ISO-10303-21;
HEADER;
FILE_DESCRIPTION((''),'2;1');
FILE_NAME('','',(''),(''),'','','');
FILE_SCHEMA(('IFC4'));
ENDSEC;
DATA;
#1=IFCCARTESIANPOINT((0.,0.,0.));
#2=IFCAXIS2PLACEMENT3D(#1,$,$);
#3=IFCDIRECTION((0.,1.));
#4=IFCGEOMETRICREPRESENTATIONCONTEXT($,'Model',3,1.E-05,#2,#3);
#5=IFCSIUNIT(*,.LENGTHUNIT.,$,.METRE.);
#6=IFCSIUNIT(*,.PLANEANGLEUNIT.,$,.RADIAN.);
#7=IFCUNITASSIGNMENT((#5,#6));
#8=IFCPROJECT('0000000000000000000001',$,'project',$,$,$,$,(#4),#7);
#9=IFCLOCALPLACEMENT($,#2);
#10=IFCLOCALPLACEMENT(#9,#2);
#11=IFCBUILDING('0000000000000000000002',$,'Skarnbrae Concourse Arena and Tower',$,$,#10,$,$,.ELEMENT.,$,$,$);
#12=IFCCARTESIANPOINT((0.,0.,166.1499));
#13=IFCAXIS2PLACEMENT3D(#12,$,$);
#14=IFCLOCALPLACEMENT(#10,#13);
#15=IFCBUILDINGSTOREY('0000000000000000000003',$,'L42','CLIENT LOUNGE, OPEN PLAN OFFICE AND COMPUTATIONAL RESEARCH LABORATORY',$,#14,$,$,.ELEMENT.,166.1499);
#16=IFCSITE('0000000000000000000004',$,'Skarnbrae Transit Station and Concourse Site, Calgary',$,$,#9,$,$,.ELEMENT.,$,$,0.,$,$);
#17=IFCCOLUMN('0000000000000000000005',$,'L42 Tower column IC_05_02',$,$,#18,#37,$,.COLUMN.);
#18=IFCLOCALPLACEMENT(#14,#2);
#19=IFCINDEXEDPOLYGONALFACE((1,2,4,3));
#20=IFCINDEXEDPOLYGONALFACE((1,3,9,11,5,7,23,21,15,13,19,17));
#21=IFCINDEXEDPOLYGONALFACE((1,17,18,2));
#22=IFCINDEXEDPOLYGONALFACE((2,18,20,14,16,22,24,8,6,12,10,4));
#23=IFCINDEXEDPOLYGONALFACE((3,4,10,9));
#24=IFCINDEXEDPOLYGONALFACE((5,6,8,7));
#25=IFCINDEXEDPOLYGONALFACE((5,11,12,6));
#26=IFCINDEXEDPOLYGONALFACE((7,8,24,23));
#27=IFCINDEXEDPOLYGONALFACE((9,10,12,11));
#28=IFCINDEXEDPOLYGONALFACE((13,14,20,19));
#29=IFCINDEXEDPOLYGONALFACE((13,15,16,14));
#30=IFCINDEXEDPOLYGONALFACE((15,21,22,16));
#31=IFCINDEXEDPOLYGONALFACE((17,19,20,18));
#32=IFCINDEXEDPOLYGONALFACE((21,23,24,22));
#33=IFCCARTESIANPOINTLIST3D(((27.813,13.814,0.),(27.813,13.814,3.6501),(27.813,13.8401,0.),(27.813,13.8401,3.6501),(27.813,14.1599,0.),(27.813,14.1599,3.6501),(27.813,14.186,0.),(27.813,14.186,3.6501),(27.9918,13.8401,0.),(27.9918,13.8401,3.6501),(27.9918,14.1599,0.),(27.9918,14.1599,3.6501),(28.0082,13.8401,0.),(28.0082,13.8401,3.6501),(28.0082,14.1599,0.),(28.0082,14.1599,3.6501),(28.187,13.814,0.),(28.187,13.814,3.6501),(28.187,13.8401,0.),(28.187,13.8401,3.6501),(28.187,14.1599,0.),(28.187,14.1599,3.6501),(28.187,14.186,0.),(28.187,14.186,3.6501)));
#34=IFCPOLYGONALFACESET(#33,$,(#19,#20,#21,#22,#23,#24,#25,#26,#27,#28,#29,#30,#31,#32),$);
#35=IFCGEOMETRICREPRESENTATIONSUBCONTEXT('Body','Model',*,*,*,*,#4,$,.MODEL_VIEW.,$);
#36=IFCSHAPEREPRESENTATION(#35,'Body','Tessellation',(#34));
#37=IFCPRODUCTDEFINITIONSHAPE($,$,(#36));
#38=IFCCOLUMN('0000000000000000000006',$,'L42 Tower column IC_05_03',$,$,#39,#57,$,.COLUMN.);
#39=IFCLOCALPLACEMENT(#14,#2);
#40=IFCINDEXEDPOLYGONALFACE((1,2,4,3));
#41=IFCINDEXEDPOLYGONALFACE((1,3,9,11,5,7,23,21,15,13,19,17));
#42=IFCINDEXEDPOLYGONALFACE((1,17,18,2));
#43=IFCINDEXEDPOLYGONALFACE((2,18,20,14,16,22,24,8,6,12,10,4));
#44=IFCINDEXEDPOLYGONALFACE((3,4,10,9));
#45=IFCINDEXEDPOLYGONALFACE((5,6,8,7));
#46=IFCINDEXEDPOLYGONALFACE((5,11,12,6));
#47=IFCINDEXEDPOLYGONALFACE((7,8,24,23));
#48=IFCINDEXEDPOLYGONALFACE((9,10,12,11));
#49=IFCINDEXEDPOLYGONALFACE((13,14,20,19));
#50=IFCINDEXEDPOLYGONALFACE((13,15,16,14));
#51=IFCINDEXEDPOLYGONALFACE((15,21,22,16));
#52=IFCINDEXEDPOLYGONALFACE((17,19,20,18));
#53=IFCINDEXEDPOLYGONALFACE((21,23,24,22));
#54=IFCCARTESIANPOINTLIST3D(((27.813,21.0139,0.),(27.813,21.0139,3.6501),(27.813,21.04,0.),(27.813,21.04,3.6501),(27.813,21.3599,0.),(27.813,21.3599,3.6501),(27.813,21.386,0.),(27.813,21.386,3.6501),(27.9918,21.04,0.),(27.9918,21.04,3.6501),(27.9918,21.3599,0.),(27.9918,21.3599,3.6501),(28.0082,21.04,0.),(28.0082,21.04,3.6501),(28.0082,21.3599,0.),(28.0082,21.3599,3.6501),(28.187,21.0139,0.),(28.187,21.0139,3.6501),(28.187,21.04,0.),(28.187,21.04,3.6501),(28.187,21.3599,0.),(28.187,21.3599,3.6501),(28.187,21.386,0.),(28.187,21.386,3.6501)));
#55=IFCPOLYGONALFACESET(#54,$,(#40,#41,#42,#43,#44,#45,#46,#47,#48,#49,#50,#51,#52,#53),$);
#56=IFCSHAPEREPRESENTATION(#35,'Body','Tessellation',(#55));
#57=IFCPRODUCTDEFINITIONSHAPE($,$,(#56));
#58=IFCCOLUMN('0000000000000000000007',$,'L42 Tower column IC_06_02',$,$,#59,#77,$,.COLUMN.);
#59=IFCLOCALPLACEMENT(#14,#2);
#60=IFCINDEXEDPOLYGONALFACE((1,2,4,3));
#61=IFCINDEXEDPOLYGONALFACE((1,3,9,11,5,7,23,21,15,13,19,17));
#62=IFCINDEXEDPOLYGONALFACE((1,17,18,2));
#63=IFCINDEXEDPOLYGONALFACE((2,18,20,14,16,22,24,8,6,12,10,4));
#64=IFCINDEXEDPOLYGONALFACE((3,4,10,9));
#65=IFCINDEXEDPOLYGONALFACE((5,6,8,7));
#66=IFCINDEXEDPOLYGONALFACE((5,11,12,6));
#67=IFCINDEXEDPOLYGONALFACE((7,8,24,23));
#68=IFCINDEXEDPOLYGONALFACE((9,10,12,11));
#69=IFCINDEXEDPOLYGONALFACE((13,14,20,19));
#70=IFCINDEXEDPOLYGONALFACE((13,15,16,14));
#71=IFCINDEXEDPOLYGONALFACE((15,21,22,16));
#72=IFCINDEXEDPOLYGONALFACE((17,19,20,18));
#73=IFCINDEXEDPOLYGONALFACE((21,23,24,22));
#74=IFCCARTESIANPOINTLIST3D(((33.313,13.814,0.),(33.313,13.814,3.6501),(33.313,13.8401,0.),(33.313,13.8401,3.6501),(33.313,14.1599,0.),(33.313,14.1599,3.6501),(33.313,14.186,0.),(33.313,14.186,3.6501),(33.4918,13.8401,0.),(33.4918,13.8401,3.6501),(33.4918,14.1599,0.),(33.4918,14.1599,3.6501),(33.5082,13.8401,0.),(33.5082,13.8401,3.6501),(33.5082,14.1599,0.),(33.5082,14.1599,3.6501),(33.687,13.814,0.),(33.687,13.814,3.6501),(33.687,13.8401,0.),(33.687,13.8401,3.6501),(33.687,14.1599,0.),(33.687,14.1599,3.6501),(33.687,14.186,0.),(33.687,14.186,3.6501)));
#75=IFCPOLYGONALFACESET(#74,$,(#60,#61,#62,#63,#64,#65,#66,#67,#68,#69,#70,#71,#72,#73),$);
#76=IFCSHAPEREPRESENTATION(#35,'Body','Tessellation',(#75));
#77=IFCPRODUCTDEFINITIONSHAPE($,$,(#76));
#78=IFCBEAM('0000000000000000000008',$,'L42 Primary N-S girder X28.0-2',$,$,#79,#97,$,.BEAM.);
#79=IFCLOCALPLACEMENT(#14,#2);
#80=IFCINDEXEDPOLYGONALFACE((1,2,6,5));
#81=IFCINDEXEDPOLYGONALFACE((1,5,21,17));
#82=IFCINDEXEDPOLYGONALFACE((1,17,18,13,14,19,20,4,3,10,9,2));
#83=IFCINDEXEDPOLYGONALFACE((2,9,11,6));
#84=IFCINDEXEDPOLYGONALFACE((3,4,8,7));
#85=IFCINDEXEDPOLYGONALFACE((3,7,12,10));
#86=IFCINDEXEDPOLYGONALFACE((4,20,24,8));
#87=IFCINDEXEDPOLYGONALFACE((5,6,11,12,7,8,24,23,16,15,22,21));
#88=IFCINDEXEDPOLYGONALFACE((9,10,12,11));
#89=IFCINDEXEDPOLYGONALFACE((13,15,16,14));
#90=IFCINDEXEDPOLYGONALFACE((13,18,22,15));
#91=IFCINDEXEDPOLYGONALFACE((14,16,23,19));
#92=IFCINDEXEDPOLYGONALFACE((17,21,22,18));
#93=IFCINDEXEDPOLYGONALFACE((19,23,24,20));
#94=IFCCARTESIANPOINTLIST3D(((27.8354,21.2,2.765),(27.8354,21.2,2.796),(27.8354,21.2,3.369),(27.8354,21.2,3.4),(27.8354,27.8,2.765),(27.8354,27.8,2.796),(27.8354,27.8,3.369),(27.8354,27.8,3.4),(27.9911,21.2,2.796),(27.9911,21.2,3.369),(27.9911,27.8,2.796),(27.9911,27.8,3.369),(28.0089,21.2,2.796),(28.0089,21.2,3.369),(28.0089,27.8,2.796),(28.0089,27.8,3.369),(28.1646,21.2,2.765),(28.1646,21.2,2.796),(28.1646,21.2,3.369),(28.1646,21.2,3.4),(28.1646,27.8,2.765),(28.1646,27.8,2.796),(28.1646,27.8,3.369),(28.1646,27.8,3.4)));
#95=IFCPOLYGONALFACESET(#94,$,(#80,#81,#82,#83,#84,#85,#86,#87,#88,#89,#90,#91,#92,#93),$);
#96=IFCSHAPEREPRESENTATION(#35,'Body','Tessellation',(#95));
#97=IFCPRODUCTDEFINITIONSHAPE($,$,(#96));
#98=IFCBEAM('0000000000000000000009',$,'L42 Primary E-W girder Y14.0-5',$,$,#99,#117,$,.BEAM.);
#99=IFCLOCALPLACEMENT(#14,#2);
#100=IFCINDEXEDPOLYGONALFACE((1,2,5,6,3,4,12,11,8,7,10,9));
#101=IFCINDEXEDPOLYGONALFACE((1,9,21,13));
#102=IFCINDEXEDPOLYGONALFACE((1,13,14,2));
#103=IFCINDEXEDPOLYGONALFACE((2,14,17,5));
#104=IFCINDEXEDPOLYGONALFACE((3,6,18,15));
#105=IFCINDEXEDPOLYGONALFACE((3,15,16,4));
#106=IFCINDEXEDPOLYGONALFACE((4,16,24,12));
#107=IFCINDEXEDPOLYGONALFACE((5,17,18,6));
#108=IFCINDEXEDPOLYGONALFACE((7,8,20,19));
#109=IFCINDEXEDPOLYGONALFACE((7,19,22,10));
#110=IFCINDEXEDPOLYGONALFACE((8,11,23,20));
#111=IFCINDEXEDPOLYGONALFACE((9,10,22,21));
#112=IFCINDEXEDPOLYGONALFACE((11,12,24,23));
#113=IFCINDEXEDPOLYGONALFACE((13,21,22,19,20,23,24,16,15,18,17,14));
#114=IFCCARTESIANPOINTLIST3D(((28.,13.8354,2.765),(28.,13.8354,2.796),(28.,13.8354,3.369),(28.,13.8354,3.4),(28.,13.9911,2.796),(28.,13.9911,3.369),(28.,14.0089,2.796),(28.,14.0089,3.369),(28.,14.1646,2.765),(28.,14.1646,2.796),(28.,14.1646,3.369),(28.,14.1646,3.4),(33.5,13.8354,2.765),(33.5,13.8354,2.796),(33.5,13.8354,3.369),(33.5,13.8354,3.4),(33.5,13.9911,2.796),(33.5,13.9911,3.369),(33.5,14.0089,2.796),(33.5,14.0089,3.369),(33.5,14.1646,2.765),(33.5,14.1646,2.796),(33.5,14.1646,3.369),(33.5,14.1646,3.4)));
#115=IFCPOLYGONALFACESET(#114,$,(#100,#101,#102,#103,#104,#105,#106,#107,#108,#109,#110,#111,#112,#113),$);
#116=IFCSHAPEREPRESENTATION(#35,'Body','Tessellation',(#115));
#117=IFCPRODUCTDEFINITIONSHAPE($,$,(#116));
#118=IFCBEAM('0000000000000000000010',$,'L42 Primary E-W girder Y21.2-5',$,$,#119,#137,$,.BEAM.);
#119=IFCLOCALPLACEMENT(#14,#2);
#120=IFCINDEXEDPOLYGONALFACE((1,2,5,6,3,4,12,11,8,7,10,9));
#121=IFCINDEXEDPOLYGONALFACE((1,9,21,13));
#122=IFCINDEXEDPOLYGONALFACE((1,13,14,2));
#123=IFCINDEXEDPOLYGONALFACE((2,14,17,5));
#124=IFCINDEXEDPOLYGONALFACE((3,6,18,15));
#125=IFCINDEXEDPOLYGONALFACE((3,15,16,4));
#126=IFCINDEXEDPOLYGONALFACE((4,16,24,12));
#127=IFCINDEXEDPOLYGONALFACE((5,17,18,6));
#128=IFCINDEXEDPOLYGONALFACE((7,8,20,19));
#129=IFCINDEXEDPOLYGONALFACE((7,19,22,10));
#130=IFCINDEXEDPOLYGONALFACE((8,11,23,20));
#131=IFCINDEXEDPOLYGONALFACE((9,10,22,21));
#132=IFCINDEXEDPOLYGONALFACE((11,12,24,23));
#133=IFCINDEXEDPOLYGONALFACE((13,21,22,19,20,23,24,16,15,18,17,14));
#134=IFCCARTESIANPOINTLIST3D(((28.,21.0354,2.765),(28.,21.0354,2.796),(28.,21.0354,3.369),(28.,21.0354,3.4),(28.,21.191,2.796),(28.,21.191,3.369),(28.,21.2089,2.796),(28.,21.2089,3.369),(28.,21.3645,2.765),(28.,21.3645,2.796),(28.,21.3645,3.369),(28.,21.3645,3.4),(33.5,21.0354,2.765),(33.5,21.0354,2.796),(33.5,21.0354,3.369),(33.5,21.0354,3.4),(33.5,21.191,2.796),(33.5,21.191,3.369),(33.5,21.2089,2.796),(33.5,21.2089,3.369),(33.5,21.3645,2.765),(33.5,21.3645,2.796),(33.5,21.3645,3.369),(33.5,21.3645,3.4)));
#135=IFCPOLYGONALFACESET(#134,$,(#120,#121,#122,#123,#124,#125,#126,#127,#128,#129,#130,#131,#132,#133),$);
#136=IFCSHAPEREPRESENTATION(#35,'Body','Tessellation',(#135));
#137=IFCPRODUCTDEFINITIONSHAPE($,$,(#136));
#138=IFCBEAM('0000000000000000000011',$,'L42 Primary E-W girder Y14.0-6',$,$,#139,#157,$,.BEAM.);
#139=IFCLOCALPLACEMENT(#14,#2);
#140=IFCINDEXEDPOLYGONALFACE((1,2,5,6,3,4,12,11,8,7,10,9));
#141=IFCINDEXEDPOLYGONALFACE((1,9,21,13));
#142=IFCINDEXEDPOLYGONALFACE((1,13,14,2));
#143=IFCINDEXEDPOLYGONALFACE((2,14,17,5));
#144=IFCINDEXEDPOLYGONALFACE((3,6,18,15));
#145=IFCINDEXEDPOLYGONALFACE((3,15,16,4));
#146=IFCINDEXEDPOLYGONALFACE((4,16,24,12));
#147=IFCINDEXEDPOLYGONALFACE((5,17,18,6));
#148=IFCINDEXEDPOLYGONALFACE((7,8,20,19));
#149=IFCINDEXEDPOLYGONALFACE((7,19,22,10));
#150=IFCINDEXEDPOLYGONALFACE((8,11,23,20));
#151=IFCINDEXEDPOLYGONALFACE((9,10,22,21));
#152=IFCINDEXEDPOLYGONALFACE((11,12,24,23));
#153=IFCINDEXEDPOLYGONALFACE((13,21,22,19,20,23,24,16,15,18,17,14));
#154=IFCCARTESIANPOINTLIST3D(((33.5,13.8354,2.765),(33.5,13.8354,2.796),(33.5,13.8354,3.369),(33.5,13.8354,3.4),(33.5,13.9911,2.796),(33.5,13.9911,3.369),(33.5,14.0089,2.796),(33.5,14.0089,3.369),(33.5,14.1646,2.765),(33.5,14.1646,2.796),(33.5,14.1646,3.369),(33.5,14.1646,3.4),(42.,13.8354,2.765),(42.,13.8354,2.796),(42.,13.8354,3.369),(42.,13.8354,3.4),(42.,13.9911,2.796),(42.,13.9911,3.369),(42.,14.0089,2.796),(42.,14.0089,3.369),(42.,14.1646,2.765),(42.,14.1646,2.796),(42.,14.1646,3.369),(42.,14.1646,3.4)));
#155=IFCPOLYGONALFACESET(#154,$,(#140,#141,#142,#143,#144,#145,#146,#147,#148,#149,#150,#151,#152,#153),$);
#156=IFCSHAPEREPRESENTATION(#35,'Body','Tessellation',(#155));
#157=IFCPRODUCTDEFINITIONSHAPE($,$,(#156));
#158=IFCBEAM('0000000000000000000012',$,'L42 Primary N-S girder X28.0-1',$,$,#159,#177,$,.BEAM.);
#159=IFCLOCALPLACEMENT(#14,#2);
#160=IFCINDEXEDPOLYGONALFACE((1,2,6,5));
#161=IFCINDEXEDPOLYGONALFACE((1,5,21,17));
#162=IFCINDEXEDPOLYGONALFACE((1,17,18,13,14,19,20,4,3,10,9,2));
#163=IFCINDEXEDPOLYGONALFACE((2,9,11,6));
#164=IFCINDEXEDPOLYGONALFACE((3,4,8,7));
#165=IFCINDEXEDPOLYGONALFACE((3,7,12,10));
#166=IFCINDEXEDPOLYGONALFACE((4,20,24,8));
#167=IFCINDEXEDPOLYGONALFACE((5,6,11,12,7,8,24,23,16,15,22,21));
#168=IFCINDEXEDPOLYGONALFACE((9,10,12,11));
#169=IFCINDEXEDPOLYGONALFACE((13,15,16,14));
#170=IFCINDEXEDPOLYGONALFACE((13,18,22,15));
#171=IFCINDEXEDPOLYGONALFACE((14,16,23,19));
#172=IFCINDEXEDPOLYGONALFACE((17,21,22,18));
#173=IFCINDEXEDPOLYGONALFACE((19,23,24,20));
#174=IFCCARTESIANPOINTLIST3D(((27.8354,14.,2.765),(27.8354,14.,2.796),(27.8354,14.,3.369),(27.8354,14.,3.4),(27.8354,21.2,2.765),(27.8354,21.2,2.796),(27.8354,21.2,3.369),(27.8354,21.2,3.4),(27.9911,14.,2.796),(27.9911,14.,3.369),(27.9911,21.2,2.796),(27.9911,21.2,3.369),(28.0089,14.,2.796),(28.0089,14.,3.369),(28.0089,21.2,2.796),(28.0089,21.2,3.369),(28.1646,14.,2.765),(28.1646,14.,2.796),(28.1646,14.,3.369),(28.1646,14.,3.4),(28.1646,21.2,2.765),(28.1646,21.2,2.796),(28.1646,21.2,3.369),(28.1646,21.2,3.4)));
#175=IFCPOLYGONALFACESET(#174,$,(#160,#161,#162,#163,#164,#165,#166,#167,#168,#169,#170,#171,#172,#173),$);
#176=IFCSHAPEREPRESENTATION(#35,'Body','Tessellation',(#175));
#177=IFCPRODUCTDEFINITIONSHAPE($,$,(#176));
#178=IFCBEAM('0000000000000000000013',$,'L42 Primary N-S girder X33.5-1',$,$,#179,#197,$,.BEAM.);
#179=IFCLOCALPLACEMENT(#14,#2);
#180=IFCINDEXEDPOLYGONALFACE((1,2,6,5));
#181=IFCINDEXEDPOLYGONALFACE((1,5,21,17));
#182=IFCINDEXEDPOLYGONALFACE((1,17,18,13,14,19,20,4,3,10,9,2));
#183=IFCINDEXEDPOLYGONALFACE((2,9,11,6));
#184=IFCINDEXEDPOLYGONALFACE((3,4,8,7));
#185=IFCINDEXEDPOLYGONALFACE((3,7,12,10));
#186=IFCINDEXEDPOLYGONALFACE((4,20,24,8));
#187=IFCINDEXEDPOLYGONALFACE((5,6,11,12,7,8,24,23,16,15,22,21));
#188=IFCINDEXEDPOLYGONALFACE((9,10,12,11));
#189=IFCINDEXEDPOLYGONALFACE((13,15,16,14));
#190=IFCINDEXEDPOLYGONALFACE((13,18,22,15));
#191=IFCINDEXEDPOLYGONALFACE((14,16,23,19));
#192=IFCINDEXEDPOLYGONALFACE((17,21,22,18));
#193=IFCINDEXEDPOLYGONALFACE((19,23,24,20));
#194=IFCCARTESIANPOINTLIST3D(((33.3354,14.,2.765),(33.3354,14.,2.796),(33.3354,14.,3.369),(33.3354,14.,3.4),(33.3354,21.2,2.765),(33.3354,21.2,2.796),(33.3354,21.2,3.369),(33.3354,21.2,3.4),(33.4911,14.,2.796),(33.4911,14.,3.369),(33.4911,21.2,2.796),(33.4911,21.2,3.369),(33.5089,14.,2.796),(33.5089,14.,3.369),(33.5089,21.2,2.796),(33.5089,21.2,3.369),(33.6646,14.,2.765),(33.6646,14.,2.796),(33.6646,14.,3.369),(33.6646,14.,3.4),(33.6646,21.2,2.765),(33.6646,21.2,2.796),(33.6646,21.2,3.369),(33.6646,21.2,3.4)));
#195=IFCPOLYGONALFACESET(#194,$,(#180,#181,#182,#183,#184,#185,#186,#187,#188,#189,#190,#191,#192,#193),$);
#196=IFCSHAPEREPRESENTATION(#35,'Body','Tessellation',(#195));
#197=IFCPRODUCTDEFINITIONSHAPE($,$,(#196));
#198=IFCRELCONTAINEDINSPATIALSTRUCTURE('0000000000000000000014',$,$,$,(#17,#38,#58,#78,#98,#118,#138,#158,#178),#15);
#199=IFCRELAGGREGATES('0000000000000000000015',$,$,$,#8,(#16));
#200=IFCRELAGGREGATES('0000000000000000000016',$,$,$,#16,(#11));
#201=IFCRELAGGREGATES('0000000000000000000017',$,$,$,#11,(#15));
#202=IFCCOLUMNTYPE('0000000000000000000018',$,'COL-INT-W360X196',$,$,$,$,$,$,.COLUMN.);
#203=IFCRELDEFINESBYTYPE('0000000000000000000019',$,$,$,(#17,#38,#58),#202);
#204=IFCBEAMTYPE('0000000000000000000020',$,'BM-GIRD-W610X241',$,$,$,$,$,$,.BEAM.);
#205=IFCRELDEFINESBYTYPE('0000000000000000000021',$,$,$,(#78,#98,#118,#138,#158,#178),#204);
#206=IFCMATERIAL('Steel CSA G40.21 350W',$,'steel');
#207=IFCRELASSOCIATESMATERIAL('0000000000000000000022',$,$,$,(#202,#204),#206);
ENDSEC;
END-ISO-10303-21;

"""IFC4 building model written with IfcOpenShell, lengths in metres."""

from ifc_helpers import new_model, si_unit, direction, frame, origin, origin_2d, place, context, subcontext, project, spatial, i_section, extrude, source, transform, mapped, material, material_profile, profile_set, type_object, element, save


model = new_model("IFC4")

# Units and contexts
model_context = context("Model", 3, precision=1e-05, world=origin(), true_north=direction((0.0, 1.0)))
body_context = subcontext(model_context, "Body", "Model", "MODEL_VIEW")
ifc_project = project(units=[si_unit("LENGTHUNIT", "METRE"), si_unit("PLANEANGLEUNIT", "RADIAN")], contexts=[model_context])

# Site, building, storey
site_placement = place(None, origin())
site = spatial("IfcSite", under=ifc_project, at=site_placement, Name="Skarnbrae Transit Station and Concourse Site, Calgary", CompositionType="ELEMENT", RefElevation=0.0)
building_placement = place(site_placement, origin())
building = spatial("IfcBuilding", under=site, at=building_placement, Name="Skarnbrae Concourse Arena and Tower", CompositionType="ELEMENT")
storey_placement = place(building_placement, frame((0.0, 0.0, 166.1499)))
storey = spatial("IfcBuildingStorey", under=building, at=storey_placement, Name="L42", Description="CLIENT LOUNGE, OPEN PLAN OFFICE AND COMPUTATIONAL RESEARCH LABORATORY", CompositionType="ELEMENT", Elevation=166.1499)

# Columns
ifc_material_1 = material(Name="Steel CSA G40.21 350W", Category="steel")
ifc_material_profile_1 = material_profile(ifc_material_1, i_section(OverallWidth=0.374, OverallDepth=0.3721, WebThickness=0.0164, FlangeThickness=0.0261, at=origin_2d()), Name="W360X196")
ifc_profile_set_1 = profile_set([ifc_material_profile_1], Name="Steel CSA G40.21 350W")
column_type = type_object("IfcColumnType", Name="COL-INT-W360X196", PredefinedType="COLUMN", material=ifc_profile_set_1)
shared_shape_1 = source(origin(), body_context, "Body", "SweptSolid", [
    extrude(i_section(OverallWidth=0.374, OverallDepth=0.3721, WebThickness=0.0164, FlangeThickness=0.0261, at=origin_2d()), origin(), (0.0, 0.0, 1.0), 3.6501),
])
for number, where, z_axis, x_axis, name in (
    (1, (28.0, 14.0, 0.0), (0.0, 0.0, 1.0), (1.0, 0.0, 0.0), "L42 Tower column IC_05_02"),
    (2, (28.0, 21.2, 0.0), (0.0, 0.0, 1.0), (1.0, 0.0, 0.0), "L42 Tower column IC_05_03"),
    (3, (33.5, 14.0, 0.0), (0.0, 0.0, 1.0), (1.0, 0.0, 0.0), "L42 Tower column IC_06_02"),
):
    element("IfcColumn", number, at=place(storey_placement, frame(where, z_axis=z_axis, x_axis=x_axis)), inside=storey, type_object=column_type, Name=name, PredefinedType="COLUMN", context=body_context, shape_type="MappedRepresentation", body=[
        mapped(shared_shape_1, transform((0.0, 0.0, 0.0))),
    ])

# Beams
ifc_material_profile_2 = material_profile(ifc_material_1, i_section(OverallWidth=0.3291, OverallDepth=0.635, WebThickness=0.0178, FlangeThickness=0.031, at=origin_2d()), Name="W610X241")
ifc_profile_set_2 = profile_set([ifc_material_profile_2], Name="Steel CSA G40.21 350W")
beam_type_1 = type_object("IfcBeamType", Name="BM-GIRD-W610X241", PredefinedType="BEAM", material=ifc_profile_set_2)
shared_shape_2 = source(origin(), body_context, "Body", "SweptSolid", [
    extrude(i_section(OverallWidth=0.3291, OverallDepth=0.635, WebThickness=0.0178, FlangeThickness=0.031, at=origin_2d()), origin(), (0.0, 0.0, 1.0), 6.6001),
])
beam_1_placement = place(storey_placement, frame((28.0, 21.2, 3.0825), z_axis=(0.0, 1.0, 0.0), x_axis=(-1.0, 0.0, 0.0)))
element("IfcBeam", 4, at=beam_1_placement, inside=storey, type_object=beam_type_1, Name="L42 Primary N-S girder X28.0-2", PredefinedType="BEAM", context=body_context, shape_type="MappedRepresentation", body=[
    mapped(shared_shape_2, transform((0.0, 0.0, 0.0))),
])
shared_shape_3 = source(origin(), body_context, "Body", "SweptSolid", [
    extrude(i_section(OverallWidth=0.3291, OverallDepth=0.635, WebThickness=0.0178, FlangeThickness=0.031, at=origin_2d()), origin(), (0.0, 0.0, 1.0), 5.5),
])
for number, where, z_axis, x_axis, name in (
    (5, (28.0, 14.0, 3.0825), (1.0, 0.0, 0.0), (0.0, 1.0, 0.0), "L42 Primary E-W girder Y14.0-5"),
    (6, (28.0, 21.2, 3.0825), (1.0, 0.0, 0.0), (0.0, 1.0, 0.0), "L42 Primary E-W girder Y21.2-5"),
):
    element("IfcBeam", number, at=place(storey_placement, frame(where, z_axis=z_axis, x_axis=x_axis)), inside=storey, type_object=beam_type_1, Name=name, PredefinedType="BEAM", context=body_context, shape_type="MappedRepresentation", body=[
        mapped(shared_shape_3, transform((0.0, 0.0, 0.0))),
    ])
shared_shape_4 = source(origin(), body_context, "Body", "SweptSolid", [
    extrude(i_section(OverallWidth=0.3291, OverallDepth=0.635, WebThickness=0.0178, FlangeThickness=0.031, at=origin_2d()), origin(), (0.0, 0.0, 1.0), 8.5),
])
beam_2_placement = place(storey_placement, frame((33.5, 14.0, 3.0825), z_axis=(1.0, 0.0, 0.0), x_axis=(0.0, 1.0, 0.0)))
element("IfcBeam", 7, at=beam_2_placement, inside=storey, type_object=beam_type_1, Name="L42 Primary E-W girder Y14.0-6", PredefinedType="BEAM", context=body_context, shape_type="MappedRepresentation", body=[
    mapped(shared_shape_4, transform((0.0, 0.0, 0.0))),
])
shared_shape_5 = source(origin(), body_context, "Body", "SweptSolid", [
    extrude(i_section(OverallWidth=0.3291, OverallDepth=0.635, WebThickness=0.0178, FlangeThickness=0.031, at=origin_2d()), origin(), (0.0, 0.0, 1.0), 7.2),
])
for number, where, z_axis, x_axis, name in (
    (8, (28.0, 14.0, 3.0825), (0.0, 1.0, 0.0), (-1.0, 0.0, 0.0), "L42 Primary N-S girder X28.0-1"),
    (9, (33.5, 14.0, 3.0825), (0.0, 1.0, 0.0), (-1.0, 0.0, 0.0), "L42 Primary N-S girder X33.5-1"),
):
    element("IfcBeam", number, at=place(storey_placement, frame(where, z_axis=z_axis, x_axis=x_axis)), inside=storey, type_object=beam_type_1, Name=name, PredefinedType="BEAM", context=body_context, shape_type="MappedRepresentation", body=[
        mapped(shared_shape_5, transform((0.0, 0.0, 0.0))),
    ])

save(model, "model.ifc")
